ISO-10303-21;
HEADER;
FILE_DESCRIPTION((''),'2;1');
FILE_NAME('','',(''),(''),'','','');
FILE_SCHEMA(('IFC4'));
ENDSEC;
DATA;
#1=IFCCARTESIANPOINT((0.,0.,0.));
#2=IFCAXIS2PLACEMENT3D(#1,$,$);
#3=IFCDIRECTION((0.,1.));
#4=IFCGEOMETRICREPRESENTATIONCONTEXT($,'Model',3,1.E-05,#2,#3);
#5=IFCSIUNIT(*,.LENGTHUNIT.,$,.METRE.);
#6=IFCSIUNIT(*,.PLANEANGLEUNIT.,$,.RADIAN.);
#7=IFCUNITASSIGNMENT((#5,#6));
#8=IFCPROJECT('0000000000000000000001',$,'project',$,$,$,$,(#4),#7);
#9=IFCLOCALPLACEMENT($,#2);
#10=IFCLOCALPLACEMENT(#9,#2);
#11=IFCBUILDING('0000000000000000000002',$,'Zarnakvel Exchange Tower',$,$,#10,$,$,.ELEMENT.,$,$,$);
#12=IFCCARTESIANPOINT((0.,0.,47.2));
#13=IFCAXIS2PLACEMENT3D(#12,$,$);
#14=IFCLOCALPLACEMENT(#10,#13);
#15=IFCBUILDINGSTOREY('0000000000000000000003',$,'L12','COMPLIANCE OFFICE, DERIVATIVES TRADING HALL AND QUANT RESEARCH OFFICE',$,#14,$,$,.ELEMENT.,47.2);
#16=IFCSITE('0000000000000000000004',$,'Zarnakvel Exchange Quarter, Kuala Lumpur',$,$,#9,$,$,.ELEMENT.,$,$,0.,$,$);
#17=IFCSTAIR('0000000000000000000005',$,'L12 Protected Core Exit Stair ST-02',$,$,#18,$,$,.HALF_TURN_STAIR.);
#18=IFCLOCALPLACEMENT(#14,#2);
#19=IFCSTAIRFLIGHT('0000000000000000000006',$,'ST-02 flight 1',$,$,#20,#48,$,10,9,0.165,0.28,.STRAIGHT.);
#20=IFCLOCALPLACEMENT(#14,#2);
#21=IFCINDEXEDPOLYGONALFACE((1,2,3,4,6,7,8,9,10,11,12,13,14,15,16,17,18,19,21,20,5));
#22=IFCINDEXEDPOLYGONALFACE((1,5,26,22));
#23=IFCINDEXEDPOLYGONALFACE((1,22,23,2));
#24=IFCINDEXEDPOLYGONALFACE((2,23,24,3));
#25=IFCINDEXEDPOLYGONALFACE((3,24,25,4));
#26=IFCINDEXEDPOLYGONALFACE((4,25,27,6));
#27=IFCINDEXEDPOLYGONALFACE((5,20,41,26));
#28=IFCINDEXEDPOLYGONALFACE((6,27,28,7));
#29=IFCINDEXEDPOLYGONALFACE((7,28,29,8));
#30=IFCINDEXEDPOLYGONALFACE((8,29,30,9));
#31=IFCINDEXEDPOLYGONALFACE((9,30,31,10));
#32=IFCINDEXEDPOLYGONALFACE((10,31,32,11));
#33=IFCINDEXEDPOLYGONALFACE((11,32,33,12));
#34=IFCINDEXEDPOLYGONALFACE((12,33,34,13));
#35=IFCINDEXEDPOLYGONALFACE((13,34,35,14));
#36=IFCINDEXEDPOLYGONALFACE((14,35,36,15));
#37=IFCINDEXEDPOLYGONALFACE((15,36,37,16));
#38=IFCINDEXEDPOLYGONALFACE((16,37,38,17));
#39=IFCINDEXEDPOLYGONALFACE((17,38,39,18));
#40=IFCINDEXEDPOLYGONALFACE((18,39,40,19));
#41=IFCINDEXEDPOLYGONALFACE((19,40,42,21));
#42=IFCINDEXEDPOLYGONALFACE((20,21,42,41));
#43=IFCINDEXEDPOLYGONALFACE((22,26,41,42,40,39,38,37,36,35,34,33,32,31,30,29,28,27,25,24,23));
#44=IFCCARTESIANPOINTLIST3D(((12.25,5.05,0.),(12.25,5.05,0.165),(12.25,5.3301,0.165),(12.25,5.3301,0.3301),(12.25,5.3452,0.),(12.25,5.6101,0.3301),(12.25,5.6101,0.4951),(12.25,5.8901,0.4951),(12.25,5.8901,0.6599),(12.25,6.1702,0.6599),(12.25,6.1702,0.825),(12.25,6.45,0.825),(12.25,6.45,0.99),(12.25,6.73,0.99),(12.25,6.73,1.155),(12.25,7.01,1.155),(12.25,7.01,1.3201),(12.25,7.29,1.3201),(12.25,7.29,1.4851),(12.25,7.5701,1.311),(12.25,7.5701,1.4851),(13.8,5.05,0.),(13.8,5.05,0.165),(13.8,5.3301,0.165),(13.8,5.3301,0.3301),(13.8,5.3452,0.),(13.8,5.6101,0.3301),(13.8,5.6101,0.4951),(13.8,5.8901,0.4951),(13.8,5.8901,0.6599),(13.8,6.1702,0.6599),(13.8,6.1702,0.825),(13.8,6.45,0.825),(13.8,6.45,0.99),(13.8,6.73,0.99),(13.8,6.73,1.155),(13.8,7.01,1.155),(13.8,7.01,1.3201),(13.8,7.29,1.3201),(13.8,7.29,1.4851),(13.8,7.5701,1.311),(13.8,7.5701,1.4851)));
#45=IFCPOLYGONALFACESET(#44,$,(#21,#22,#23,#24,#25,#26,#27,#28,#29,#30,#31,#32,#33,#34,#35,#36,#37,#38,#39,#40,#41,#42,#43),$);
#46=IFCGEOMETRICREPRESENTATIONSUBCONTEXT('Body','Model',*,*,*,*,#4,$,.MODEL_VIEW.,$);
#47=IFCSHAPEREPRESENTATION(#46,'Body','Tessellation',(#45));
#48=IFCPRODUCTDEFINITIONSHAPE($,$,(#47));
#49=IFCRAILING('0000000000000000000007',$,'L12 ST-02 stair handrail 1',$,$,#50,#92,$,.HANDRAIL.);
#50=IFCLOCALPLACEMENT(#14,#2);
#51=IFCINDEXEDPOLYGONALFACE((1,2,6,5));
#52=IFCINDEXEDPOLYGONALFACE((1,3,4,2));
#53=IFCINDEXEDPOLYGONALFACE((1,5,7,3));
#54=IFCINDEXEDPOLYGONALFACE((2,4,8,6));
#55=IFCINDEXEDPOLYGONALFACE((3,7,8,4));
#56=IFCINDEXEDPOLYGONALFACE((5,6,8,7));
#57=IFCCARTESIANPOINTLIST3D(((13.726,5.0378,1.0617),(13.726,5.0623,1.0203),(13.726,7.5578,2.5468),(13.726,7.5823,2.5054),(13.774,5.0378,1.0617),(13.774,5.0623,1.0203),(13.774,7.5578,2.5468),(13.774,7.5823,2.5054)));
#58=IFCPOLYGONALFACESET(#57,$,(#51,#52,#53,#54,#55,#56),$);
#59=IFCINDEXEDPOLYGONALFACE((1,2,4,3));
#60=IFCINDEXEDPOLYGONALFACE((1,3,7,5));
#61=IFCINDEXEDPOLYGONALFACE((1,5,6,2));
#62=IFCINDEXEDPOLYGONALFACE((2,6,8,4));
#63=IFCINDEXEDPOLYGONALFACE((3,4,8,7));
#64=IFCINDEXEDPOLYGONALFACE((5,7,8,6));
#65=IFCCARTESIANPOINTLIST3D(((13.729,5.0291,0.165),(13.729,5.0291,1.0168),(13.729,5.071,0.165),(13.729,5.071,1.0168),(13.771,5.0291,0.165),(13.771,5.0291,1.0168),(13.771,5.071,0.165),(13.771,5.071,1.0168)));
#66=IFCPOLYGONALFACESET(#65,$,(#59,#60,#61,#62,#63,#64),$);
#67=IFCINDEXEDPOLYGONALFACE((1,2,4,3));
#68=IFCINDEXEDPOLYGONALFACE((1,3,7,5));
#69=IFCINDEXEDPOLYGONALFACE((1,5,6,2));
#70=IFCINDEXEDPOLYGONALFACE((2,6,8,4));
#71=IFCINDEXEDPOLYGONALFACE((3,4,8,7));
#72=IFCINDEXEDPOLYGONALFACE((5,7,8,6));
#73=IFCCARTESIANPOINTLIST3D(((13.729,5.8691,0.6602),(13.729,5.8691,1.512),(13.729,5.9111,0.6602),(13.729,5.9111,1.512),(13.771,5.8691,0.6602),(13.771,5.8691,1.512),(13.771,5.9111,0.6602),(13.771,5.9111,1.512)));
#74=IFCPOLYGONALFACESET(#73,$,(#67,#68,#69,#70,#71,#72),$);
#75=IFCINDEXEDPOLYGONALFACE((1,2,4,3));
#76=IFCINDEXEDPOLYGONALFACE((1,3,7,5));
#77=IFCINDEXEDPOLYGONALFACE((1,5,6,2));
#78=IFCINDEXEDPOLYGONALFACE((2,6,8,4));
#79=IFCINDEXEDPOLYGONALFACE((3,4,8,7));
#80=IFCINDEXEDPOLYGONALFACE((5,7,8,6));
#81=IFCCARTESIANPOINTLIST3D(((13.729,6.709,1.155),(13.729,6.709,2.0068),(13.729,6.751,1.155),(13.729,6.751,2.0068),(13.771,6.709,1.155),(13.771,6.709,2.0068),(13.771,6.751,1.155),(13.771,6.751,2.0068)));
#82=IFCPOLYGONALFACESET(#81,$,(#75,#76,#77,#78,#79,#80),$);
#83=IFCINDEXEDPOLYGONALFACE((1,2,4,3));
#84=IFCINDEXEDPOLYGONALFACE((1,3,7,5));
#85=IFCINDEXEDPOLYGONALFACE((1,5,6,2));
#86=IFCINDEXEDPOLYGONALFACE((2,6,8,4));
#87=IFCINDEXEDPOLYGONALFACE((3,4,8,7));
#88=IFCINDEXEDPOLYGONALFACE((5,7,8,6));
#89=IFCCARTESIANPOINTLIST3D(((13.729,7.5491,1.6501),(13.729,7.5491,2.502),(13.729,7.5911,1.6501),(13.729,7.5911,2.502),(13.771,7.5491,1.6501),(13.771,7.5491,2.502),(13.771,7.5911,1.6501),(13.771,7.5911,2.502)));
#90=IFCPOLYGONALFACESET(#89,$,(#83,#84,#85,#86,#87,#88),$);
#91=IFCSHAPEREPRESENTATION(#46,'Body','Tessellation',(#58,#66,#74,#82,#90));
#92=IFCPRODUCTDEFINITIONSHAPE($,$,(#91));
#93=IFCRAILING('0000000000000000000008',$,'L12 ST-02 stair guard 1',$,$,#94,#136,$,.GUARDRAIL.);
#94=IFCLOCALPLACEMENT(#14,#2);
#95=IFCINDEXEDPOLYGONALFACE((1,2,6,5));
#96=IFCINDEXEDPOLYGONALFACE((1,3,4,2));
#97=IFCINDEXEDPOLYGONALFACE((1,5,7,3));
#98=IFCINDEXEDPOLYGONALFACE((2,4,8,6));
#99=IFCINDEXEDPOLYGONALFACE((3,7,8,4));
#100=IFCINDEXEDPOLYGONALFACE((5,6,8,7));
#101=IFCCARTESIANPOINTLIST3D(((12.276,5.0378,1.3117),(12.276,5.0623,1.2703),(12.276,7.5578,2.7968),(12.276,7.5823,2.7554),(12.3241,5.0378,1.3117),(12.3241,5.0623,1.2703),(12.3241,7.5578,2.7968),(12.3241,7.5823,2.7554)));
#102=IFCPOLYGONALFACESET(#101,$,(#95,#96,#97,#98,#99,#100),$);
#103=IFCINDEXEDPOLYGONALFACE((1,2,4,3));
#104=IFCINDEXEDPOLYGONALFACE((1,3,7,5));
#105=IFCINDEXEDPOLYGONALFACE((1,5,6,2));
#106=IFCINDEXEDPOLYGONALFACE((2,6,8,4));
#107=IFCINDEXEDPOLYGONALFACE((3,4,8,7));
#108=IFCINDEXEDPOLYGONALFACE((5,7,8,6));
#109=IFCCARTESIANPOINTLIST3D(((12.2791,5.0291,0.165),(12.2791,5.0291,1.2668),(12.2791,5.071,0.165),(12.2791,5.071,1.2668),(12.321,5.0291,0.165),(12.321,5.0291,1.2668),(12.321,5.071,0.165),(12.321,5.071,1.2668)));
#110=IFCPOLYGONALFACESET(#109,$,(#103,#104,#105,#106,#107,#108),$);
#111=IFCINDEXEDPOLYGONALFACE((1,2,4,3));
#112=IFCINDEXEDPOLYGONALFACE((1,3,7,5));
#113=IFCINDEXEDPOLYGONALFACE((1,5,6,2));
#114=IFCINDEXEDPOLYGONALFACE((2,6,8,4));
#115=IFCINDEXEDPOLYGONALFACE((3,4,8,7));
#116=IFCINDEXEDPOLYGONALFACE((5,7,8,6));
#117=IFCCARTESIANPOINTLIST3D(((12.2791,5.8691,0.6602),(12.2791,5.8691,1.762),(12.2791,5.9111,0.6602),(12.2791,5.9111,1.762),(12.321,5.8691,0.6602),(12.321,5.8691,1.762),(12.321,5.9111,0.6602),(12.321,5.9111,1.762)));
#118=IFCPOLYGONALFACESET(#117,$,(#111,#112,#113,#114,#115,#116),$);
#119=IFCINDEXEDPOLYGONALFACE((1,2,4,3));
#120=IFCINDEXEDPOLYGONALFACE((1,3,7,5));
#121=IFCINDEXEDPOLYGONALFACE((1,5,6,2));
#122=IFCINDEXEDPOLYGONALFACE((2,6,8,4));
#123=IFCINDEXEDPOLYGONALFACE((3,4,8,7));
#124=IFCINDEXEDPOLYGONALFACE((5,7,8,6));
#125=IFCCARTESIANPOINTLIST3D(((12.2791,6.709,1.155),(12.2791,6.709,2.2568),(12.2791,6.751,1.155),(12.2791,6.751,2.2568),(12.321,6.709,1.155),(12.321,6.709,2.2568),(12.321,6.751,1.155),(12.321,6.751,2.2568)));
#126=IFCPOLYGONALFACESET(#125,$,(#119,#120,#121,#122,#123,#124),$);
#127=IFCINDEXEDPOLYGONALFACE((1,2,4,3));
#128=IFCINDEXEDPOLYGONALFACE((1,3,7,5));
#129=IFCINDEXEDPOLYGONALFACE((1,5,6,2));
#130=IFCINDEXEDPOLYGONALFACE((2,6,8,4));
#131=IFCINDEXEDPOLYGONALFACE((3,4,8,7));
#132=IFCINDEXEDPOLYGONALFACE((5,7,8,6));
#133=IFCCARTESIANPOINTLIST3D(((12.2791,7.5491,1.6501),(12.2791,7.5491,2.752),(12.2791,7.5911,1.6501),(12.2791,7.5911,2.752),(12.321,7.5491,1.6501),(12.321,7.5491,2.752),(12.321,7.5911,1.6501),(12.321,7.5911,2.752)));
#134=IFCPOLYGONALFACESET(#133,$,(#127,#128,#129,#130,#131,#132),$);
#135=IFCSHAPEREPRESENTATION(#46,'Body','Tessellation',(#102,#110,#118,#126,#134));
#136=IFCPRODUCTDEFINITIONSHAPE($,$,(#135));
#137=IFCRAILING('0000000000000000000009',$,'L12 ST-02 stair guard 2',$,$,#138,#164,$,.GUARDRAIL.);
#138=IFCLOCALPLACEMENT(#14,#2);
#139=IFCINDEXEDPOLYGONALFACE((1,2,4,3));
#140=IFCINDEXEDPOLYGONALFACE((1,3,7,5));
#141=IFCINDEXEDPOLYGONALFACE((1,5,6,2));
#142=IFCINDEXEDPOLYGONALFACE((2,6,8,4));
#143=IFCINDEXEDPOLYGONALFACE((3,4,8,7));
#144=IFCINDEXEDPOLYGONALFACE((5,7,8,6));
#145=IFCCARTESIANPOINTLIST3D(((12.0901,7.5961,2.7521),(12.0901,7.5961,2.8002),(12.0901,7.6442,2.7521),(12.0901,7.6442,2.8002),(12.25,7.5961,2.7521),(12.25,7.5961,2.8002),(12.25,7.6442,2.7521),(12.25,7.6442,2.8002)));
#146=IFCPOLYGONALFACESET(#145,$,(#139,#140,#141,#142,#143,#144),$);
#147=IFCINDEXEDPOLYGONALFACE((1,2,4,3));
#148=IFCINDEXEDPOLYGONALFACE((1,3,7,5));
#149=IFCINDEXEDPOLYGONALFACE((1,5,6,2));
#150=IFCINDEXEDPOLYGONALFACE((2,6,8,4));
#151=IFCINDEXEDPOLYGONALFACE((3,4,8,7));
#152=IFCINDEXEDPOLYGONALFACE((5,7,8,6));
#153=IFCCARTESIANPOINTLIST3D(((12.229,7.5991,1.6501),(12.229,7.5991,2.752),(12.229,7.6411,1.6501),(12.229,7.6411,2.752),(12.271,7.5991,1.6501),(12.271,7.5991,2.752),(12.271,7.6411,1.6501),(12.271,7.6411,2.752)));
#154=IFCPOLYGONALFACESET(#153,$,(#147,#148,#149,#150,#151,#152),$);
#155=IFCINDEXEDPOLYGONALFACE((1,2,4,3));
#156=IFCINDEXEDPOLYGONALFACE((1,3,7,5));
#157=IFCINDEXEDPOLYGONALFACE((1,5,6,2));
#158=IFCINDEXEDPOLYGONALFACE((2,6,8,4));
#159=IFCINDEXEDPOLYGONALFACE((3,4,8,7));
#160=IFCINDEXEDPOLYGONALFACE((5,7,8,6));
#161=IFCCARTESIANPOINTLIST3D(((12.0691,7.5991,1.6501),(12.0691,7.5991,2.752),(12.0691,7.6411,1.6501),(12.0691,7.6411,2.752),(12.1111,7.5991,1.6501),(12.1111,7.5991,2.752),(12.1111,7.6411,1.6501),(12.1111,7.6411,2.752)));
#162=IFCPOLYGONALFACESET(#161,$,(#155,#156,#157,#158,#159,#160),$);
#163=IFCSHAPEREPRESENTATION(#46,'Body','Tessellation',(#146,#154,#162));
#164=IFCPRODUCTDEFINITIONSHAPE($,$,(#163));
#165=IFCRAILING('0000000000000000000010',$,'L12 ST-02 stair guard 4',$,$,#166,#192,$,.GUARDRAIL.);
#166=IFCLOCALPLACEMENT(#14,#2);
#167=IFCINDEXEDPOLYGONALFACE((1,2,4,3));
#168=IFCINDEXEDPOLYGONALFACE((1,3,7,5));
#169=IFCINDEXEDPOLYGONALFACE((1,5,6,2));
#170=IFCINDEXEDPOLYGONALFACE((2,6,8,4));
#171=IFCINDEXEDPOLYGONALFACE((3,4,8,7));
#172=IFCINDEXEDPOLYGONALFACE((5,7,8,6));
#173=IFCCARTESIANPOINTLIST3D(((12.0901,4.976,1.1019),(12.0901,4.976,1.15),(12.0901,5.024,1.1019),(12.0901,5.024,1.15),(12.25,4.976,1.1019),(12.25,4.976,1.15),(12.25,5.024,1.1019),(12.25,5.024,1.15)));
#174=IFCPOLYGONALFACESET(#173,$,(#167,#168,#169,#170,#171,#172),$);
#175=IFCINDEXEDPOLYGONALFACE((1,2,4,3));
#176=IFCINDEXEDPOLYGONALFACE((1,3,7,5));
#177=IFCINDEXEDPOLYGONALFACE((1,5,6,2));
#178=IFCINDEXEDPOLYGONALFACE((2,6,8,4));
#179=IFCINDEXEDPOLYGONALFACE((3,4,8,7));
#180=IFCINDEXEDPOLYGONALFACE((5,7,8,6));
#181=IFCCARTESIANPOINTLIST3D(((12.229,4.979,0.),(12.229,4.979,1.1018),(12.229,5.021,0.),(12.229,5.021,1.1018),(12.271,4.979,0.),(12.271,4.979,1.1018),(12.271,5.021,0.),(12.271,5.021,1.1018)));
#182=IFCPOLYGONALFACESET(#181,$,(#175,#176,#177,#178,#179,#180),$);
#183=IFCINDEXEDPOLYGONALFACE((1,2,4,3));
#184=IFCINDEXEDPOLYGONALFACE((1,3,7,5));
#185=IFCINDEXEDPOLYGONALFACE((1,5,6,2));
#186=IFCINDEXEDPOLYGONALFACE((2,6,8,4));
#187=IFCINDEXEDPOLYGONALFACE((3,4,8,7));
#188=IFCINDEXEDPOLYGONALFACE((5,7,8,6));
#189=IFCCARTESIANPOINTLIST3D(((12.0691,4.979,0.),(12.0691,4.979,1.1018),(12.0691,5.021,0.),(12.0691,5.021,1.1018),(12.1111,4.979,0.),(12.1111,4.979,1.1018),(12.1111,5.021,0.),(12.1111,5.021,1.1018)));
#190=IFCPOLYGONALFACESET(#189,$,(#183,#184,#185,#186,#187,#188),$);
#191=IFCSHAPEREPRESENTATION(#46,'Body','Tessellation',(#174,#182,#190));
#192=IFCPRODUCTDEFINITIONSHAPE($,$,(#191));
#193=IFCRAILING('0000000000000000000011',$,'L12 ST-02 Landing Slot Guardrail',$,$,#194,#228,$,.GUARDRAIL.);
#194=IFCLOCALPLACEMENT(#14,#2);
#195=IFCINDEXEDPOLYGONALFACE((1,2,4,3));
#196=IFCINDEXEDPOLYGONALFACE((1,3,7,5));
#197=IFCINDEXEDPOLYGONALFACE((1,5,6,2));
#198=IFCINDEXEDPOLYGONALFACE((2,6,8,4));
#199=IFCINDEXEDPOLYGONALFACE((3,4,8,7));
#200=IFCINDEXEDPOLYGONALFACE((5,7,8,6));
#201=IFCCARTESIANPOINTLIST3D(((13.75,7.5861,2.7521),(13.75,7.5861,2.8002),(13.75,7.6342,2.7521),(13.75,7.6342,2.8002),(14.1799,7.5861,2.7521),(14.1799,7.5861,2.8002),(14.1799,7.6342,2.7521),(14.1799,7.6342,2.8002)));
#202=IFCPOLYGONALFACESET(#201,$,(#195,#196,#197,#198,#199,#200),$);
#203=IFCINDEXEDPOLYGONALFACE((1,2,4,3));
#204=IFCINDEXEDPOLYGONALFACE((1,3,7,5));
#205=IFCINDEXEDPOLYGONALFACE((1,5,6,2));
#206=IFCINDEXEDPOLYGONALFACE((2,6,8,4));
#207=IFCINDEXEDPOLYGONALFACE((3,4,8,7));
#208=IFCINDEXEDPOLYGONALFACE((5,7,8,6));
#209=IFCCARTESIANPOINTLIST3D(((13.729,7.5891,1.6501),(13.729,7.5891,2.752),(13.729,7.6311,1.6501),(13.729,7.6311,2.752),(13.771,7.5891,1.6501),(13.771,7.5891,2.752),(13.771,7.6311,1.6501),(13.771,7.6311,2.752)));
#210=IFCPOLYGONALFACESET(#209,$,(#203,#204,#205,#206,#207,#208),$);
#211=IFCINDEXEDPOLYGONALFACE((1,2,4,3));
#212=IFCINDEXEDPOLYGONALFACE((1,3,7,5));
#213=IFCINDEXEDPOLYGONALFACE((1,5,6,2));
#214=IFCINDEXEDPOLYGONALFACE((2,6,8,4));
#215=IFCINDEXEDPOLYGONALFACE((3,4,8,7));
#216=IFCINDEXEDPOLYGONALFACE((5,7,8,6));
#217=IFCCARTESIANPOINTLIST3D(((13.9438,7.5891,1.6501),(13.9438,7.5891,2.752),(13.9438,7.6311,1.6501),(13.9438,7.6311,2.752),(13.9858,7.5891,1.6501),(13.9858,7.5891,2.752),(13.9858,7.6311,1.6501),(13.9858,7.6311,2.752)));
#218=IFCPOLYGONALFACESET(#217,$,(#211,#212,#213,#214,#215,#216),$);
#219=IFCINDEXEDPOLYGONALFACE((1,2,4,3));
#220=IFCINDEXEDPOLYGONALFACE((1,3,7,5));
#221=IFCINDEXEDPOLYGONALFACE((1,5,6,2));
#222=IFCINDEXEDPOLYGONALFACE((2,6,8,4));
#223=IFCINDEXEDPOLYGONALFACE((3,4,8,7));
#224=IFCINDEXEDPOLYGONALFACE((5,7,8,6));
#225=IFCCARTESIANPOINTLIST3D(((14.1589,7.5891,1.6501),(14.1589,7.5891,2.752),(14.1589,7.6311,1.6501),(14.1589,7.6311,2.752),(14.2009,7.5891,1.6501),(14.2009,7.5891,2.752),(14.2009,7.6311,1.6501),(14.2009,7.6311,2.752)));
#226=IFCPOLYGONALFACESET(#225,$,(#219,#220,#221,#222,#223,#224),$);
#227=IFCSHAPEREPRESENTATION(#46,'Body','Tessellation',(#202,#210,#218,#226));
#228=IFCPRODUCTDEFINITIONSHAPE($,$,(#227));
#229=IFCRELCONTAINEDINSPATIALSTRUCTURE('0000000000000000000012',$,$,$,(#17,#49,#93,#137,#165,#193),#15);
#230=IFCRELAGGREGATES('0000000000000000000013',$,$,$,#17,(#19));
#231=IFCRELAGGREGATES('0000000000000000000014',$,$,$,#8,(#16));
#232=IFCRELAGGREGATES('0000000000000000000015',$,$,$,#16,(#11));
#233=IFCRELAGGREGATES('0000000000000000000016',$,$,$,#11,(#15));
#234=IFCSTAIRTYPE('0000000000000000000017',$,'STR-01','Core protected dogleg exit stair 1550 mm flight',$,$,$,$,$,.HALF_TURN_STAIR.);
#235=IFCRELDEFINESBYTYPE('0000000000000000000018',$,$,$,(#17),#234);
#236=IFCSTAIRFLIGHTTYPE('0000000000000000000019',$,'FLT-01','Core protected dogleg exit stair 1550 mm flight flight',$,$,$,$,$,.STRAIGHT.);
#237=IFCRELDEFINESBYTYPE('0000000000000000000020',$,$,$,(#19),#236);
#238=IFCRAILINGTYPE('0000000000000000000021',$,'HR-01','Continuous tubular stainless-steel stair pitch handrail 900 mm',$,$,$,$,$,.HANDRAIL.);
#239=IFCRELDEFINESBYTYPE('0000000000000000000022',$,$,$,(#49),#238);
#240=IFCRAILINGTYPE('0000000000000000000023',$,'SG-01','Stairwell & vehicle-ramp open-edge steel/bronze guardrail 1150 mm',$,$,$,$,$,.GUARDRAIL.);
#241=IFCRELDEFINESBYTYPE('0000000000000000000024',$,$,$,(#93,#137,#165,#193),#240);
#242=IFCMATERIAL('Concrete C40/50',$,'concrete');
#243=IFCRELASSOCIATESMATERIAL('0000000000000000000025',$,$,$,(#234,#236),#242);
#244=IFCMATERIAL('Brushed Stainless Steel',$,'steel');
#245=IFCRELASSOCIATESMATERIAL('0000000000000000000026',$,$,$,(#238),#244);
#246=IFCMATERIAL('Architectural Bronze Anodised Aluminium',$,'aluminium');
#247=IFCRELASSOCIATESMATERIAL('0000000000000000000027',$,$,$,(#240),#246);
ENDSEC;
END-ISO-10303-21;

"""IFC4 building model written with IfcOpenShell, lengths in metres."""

from ifc_helpers import new_model, si_unit, direction, frame, origin, origin_2d, place, context, subcontext, project, spatial, polyline, rectangle, outline, extrude, material, type_object, element, aggregate, save


model = new_model("IFC4")

# Units and contexts
model_context = context("Model", 3, precision=1e-05, world=origin(), true_north=direction((0.0, 1.0)))
body_context = subcontext(model_context, "Body", "Model", "MODEL_VIEW")
ifc_project = project(units=[si_unit("LENGTHUNIT", "METRE"), si_unit("PLANEANGLEUNIT", "RADIAN")], contexts=[model_context])

# Site, building, storey
site_placement = place(None, origin())
site = spatial("IfcSite", under=ifc_project, at=site_placement, Name="Zarnakvel Exchange Quarter, Kuala Lumpur", CompositionType="ELEMENT", RefElevation=0.0)
building_placement = place(site_placement, origin())
building = spatial("IfcBuilding", under=site, at=building_placement, Name="Zarnakvel Exchange Tower", CompositionType="ELEMENT")
storey_placement = place(building_placement, frame((0.0, 0.0, 47.2)))
storey = spatial("IfcBuildingStorey", under=building, at=storey_placement, Name="L12", Description="COMPLIANCE OFFICE, DERIVATIVES TRADING HALL AND QUANT RESEARCH OFFICE", CompositionType="ELEMENT", Elevation=47.2)

# Shared definitions
ifc_material_1 = material(Name="Architectural Bronze Anodised Aluminium", Category="aluminium")

# Shared definitions
ifc_material_2 = material(Name="Concrete C40/50", Category="concrete")

# Stair, stair flight
stair_type = type_object("IfcStairType", Name="STR-01", Description="Core protected dogleg exit stair 1550 mm flight", PredefinedType="HALF_TURN_STAIR", material=ifc_material_2)
stair_placement = place(storey_placement, origin())
stair = element("IfcStair", 1, at=stair_placement, inside=storey, type_object=stair_type, Name="L12 Protected Core Exit Stair ST-02", PredefinedType="HALF_TURN_STAIR")
stair_flight_type = type_object("IfcStairFlightType", Name="FLT-01", Description="Core protected dogleg exit stair 1550 mm flight flight", PredefinedType="STRAIGHT", material=ifc_material_2)
stair_flight_placement = place(storey_placement, frame((13.0249, 5.05, 0.0), z_axis=(0.0, 0.0, 1.0), x_axis=(0.0, 1.0, 0.0)))
stair_flight = element("IfcStairFlight", 2, at=stair_flight_placement, type_object=stair_flight_type, Name="ST-02 flight 1", NumberOfRisers=10, NumberOfTreads=9, PredefinedType="STRAIGHT", RiserHeight=0.165, TreadLength=0.28, context=body_context, shape_type="SweptSolid", body=[
    extrude(outline(polyline([(0.0, 0.0), (0.0, 0.165), (0.28, 0.165), (0.28, 0.3301), (0.5601, 0.3301), (0.5601, 0.4951), (0.8401, 0.4951), (0.8401, 0.6599), (1.1201, 0.6599), (1.1201, 0.825), (1.3999, 0.825), (1.3999, 0.99), (1.6799, 0.99), (1.6799, 1.155), (1.96, 1.155), (1.96, 1.3201), (2.24, 1.3201), (2.24, 1.4851), (2.52, 1.4851), (2.52, 1.6499), (2.52, 1.311), (0.2952, 0.0), (0.0, 0.0)])), frame((0.0, 0.7749, 0.0), z_axis=(0.0, -1.0, 0.0), x_axis=(1.0, 0.0, 0.0)), (0.0, 0.0, 1.0), 1.55),
])
aggregate(stair, [stair_flight])

# Railings
ifc_material_3 = material(Name="Brushed Stainless Steel", Category="steel")
railing_type_1 = type_object("IfcRailingType", Name="HR-01", Description="Continuous tubular stainless-steel stair pitch handrail 900 mm", PredefinedType="HANDRAIL", material=ifc_material_3)
railing_1_placement = place(storey_placement, frame((13.75, 5.05, 0.165)))
element("IfcRailing", 3, at=railing_1_placement, inside=storey, type_object=railing_type_1, Name="L12 ST-02 stair handrail 1", PredefinedType="HANDRAIL", context=body_context, shape_type="SweptSolid", body=[
    extrude(rectangle(XDim=0.0481, YDim=0.0481, at=origin_2d()), frame((0.0, 0.0, 0.876), z_axis=(0.0, 0.861524, 0.507717), x_axis=(-1.0, 0.0, 0.0)), (0.0, 0.0, 1.0), 2.925),
    extrude(rectangle(XDim=0.042, YDim=0.042, at=origin_2d()), origin(), (0.0, 0.0, 1.0), 0.8518),
    extrude(rectangle(XDim=0.042, YDim=0.042, at=origin_2d()), frame((0.0, 0.8401, 0.4951)), (0.0, 0.0, 1.0), 0.8518),
    extrude(rectangle(XDim=0.042, YDim=0.042, at=origin_2d()), frame((0.0, 1.6799, 0.99)), (0.0, 0.0, 1.0), 0.8518),
    extrude(rectangle(XDim=0.042, YDim=0.042, at=origin_2d()), frame((0.0, 2.52, 1.4851)), (0.0, 0.0, 1.0), 0.8518),
])
railing_type_2 = type_object("IfcRailingType", Name="SG-01", Description="Stairwell & vehicle-ramp open-edge steel/bronze guardrail 1150 mm", PredefinedType="GUARDRAIL", material=ifc_material_1)
railing_2_placement = place(storey_placement, frame((12.3, 5.05, 0.165)))
element("IfcRailing", 4, at=railing_2_placement, inside=storey, type_object=railing_type_2, Name="L12 ST-02 stair guard 1", PredefinedType="GUARDRAIL", context=body_context, shape_type="SweptSolid", body=[
    extrude(rectangle(XDim=0.0481, YDim=0.0481, at=origin_2d()), frame((0.0, 0.0, 1.126), z_axis=(0.0, 0.861524, 0.507717), x_axis=(-1.0, 0.0, 0.0)), (0.0, 0.0, 1.0), 2.925),
    extrude(rectangle(XDim=0.042, YDim=0.042, at=origin_2d()), origin(), (0.0, 0.0, 1.0), 1.1018),
    extrude(rectangle(XDim=0.042, YDim=0.042, at=origin_2d()), frame((0.0, 0.8401, 0.4951)), (0.0, 0.0, 1.0), 1.1018),
    extrude(rectangle(XDim=0.042, YDim=0.042, at=origin_2d()), frame((0.0, 1.6799, 0.99)), (0.0, 0.0, 1.0), 1.1018),
    extrude(rectangle(XDim=0.042, YDim=0.042, at=origin_2d()), frame((0.0, 2.52, 1.4851)), (0.0, 0.0, 1.0), 1.1018),
])
for number, where, name in (
    (5, (12.25, 7.6201, 1.6501), "L12 ST-02 stair guard 2"),
    (6, (12.25, 5.0, 0.0), "L12 ST-02 stair guard 4"),
):
    element("IfcRailing", number, at=place(storey_placement, frame(where)), inside=storey, type_object=railing_type_2, Name=name, PredefinedType="GUARDRAIL", context=body_context, shape_type="SweptSolid", body=[
        extrude(rectangle(XDim=0.0481, YDim=0.0481, at=origin_2d()), frame((0.0, 0.0, 1.126), z_axis=(-1.0, 0.0, 0.0), x_axis=(0.0, -1.0, 0.0)), (0.0, 0.0, 1.0), 0.1599),
        extrude(rectangle(XDim=0.042, YDim=0.042, at=origin_2d()), origin(), (0.0, 0.0, 1.0), 1.1018),
        extrude(rectangle(XDim=0.042, YDim=0.042, at=origin_2d()), frame((-0.1599, 0.0, 0.0)), (0.0, 0.0, 1.0), 1.1018),
    ])
railing_3_placement = place(storey_placement, frame((13.75, 7.6101, 1.6501)))
element("IfcRailing", 7, at=railing_3_placement, inside=storey, type_object=railing_type_2, Name="L12 ST-02 Landing Slot Guardrail", PredefinedType="GUARDRAIL", context=body_context, shape_type="SweptSolid", body=[
    extrude(rectangle(XDim=0.0481, YDim=0.0481, at=origin_2d()), frame((0.0, 0.0, 1.126), z_axis=(1.0, 0.0, 0.0), x_axis=(0.0, 1.0, 0.0)), (0.0, 0.0, 1.0), 0.4299),
    extrude(rectangle(XDim=0.042, YDim=0.042, at=origin_2d()), origin(), (0.0, 0.0, 1.0), 1.1018),
    extrude(rectangle(XDim=0.042, YDim=0.042, at=origin_2d()), frame((0.2148, 0.0, 0.0)), (0.0, 0.0, 1.0), 1.1018),
    extrude(rectangle(XDim=0.042, YDim=0.042, at=origin_2d()), frame((0.4299, 0.0, 0.0)), (0.0, 0.0, 1.0), 1.1018),
])

save(model, "model.ifc")
